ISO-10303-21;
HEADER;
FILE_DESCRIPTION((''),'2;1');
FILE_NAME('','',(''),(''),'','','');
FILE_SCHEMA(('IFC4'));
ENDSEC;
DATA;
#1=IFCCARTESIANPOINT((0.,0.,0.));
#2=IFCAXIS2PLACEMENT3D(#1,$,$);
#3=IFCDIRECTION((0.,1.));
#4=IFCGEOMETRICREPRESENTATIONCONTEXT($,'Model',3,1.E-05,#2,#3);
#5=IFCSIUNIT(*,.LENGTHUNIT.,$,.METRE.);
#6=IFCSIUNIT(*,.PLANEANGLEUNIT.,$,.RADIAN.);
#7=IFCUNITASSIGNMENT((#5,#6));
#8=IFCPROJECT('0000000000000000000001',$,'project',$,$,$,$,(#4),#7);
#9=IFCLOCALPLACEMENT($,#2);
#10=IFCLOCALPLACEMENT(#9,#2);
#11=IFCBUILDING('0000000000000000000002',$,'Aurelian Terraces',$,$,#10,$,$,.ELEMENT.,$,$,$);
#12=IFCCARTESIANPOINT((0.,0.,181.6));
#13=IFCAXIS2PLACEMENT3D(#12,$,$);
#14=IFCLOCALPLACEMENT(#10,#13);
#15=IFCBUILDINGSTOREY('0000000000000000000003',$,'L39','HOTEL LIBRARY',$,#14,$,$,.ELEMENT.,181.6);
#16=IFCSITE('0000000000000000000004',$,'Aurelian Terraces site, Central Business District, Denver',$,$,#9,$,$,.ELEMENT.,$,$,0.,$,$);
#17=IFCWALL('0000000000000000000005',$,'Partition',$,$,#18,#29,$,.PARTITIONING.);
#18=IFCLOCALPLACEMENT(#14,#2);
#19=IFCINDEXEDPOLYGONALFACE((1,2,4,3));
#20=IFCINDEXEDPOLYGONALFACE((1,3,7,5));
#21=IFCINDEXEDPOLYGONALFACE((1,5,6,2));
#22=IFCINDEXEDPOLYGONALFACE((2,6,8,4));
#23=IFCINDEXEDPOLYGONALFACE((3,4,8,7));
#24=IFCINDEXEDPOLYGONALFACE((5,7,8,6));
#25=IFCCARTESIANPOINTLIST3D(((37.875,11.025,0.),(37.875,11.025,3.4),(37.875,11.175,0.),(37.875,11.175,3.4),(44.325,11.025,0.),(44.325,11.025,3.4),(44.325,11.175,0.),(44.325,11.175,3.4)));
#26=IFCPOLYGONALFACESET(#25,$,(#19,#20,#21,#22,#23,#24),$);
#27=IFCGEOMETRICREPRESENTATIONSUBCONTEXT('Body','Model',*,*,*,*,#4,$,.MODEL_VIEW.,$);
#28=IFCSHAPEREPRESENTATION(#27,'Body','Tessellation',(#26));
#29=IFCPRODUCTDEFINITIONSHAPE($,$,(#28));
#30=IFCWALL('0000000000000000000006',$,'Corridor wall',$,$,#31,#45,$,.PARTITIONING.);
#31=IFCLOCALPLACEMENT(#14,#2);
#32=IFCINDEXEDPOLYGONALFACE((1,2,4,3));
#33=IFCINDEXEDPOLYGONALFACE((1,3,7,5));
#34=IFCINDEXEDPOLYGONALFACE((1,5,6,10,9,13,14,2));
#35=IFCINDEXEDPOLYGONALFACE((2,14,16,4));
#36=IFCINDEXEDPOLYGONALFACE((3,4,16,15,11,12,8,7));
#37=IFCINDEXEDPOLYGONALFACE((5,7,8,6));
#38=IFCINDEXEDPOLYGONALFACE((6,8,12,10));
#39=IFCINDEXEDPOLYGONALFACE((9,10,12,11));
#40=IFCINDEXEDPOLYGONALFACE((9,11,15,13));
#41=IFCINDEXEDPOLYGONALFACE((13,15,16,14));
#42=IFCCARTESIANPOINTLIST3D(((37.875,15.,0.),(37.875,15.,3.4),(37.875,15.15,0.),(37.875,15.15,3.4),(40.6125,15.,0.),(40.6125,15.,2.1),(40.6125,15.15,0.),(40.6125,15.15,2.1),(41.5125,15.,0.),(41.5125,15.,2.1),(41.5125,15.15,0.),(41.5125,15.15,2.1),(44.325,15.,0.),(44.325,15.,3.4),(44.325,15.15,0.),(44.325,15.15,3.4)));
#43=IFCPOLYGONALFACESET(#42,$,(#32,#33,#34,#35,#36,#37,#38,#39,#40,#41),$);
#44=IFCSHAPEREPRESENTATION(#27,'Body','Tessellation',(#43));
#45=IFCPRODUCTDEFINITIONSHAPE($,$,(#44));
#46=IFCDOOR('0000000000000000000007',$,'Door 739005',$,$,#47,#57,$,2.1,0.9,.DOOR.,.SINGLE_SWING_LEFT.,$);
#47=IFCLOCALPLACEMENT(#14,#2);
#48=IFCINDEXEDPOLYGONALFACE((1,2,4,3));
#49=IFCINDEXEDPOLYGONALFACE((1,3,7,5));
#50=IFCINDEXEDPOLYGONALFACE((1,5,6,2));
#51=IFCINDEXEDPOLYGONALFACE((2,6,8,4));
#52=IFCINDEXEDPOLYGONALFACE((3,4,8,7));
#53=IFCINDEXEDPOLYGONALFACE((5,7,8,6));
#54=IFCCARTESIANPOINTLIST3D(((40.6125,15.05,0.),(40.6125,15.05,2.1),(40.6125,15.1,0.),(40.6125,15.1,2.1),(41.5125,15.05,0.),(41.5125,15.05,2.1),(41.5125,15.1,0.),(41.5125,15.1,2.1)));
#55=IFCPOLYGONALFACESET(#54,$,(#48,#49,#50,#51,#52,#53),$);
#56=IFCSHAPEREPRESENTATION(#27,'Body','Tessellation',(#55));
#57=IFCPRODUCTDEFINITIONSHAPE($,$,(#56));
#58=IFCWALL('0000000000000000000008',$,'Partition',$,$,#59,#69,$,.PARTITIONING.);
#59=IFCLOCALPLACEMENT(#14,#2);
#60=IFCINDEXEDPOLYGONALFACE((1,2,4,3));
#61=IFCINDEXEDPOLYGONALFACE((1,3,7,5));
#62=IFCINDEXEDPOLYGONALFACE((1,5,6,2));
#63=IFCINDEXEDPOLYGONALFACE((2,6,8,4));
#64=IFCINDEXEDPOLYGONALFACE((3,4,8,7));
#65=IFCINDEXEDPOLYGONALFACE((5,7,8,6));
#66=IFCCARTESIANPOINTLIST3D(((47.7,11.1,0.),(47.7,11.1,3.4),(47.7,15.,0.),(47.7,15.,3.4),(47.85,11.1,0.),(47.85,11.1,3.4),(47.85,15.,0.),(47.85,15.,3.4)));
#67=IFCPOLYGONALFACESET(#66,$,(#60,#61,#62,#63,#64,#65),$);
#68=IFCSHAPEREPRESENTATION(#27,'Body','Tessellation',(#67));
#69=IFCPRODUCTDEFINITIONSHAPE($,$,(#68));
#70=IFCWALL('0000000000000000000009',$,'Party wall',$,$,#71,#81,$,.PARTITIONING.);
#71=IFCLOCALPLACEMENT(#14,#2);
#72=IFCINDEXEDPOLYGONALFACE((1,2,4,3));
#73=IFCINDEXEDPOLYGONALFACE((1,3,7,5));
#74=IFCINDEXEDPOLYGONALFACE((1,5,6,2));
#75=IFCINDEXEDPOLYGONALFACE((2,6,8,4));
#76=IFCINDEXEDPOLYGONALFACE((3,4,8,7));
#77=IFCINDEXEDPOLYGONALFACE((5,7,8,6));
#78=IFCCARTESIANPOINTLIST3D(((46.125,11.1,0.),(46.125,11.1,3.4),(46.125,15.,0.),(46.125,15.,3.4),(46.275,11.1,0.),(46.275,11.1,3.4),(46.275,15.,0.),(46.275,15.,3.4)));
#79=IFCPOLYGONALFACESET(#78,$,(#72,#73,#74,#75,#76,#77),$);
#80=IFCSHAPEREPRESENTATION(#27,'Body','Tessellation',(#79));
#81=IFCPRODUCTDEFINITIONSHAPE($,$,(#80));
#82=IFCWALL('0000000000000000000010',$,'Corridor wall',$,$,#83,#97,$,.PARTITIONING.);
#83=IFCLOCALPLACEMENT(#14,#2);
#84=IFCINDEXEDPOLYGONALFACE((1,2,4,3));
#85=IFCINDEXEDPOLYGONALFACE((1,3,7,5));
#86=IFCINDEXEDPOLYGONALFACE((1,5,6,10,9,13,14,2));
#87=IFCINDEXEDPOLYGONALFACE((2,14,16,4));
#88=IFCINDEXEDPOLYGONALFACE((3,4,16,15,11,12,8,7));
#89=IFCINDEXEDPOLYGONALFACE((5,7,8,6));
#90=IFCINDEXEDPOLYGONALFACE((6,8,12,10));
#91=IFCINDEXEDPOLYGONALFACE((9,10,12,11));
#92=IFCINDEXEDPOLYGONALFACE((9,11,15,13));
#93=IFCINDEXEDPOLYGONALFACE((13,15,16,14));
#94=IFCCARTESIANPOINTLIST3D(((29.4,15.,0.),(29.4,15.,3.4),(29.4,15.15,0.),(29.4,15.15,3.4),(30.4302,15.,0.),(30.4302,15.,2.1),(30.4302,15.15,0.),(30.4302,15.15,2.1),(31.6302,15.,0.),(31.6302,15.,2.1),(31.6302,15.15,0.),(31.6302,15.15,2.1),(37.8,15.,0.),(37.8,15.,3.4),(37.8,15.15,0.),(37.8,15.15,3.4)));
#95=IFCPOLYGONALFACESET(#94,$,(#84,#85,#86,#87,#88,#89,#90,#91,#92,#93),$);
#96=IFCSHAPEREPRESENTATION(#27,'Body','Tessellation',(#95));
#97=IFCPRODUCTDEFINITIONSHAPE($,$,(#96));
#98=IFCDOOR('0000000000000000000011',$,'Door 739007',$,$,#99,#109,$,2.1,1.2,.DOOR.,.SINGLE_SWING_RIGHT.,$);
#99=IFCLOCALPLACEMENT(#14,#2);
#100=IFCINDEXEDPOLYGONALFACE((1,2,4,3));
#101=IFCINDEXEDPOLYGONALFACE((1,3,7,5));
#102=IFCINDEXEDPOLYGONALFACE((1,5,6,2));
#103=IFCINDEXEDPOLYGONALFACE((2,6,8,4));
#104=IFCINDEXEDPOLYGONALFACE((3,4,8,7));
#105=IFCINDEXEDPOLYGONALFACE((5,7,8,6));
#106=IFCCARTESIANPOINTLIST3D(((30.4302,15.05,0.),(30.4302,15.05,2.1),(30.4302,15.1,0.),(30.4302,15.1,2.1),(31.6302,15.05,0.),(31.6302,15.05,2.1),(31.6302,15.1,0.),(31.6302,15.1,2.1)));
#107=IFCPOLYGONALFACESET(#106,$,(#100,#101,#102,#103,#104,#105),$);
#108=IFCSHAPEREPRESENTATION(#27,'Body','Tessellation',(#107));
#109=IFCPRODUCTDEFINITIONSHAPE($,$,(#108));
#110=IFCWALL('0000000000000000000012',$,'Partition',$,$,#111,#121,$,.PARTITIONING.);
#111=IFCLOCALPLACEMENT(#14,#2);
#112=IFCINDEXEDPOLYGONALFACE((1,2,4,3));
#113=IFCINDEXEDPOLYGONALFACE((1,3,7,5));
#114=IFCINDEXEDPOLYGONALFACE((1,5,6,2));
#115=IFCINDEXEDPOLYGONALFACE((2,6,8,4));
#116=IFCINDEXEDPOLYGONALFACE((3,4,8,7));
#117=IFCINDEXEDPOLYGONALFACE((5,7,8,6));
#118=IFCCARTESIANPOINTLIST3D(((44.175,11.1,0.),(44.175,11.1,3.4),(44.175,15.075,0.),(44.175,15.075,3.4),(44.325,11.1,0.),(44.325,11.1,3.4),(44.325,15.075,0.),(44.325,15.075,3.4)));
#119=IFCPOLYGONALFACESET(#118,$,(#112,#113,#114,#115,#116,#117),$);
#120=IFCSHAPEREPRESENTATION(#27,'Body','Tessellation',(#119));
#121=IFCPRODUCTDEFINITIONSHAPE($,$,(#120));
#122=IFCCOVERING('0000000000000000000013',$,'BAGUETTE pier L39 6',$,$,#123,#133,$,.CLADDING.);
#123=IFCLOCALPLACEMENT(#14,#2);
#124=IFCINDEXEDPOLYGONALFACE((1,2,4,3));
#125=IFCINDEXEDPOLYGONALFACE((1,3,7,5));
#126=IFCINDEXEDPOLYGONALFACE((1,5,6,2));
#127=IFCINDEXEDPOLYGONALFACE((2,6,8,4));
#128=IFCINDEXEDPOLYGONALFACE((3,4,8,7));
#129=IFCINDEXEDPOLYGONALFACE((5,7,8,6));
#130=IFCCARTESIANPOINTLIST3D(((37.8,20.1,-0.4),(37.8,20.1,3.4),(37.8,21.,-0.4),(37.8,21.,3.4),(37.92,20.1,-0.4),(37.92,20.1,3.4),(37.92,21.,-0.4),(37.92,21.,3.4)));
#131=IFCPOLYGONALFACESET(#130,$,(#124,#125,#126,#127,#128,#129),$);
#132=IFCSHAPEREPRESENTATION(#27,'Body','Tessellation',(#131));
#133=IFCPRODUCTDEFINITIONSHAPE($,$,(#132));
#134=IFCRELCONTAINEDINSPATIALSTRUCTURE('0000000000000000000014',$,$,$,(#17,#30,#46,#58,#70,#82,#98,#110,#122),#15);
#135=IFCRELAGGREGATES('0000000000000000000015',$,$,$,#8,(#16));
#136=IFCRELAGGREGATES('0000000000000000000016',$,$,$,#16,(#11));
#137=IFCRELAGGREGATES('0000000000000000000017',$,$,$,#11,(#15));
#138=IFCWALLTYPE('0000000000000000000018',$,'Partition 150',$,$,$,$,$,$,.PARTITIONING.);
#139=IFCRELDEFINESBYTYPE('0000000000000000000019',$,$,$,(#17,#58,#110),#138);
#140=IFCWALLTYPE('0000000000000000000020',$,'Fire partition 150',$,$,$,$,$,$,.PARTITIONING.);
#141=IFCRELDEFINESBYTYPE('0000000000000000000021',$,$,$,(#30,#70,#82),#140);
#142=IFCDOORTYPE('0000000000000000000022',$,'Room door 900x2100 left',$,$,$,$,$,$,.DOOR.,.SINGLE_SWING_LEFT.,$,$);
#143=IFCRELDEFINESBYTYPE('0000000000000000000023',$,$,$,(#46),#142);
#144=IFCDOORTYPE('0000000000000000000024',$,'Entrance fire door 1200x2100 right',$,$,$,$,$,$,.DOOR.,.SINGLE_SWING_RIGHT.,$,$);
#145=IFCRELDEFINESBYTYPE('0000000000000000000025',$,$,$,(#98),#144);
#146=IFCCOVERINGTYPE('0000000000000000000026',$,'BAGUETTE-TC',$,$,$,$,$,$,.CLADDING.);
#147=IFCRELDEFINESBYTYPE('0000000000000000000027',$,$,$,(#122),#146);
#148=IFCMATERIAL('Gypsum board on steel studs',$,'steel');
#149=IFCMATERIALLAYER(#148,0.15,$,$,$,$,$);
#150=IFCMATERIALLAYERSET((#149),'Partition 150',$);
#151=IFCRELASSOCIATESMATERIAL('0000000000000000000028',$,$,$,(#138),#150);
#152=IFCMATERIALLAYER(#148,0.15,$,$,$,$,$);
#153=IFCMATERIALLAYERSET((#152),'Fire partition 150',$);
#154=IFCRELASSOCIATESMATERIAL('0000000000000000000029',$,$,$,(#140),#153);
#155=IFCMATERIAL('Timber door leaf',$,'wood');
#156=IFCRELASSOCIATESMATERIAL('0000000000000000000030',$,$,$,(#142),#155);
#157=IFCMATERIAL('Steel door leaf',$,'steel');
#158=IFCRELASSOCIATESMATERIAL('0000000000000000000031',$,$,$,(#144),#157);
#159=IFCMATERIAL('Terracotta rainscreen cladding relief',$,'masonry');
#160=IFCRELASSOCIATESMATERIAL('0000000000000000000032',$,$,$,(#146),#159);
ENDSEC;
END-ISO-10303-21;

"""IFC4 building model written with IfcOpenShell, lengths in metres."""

from ifc_helpers import new_model, si_unit, direction, frame, frame_2d, origin, origin_2d, place, context, subcontext, project, spatial, rectangle, extrude, source, transform, mapped, material, layer, layer_set, type_object, element, fill, save


model = new_model("IFC4")

# Units and contexts
model_context = context("Model", 3, precision=1e-05, world=origin(), true_north=direction((0.0, 1.0)))
body_context = subcontext(model_context, "Body", "Model", "MODEL_VIEW")
ifc_project = project(units=[si_unit("LENGTHUNIT", "METRE"), si_unit("PLANEANGLEUNIT", "RADIAN")], contexts=[model_context])

# Site, building, storey
site_placement = place(None, origin())
site = spatial("IfcSite", under=ifc_project, at=site_placement, Name="Aurelian Terraces site, Central Business District, Denver", CompositionType="ELEMENT", RefElevation=0.0)
building_placement = place(site_placement, origin())
building = spatial("IfcBuilding", under=site, at=building_placement, Name="Aurelian Terraces", CompositionType="ELEMENT")
storey_placement = place(building_placement, frame((0.0, 0.0, 181.6)))
storey = spatial("IfcBuildingStorey", under=building, at=storey_placement, Name="L39", Description="HOTEL LIBRARY", CompositionType="ELEMENT", Elevation=181.6)

# Wall
ifc_material_1 = material(Name="Gypsum board on steel studs", Category="steel")
ifc_layer_1 = layer(ifc_material_1, 0.15)
ifc_layer_set_1 = layer_set([ifc_layer_1], Name="Partition 150")
wall_type_1 = type_object("IfcWallType", Name="Partition 150", PredefinedType="PARTITIONING", material=ifc_layer_set_1)
shared_shape_1 = source(origin(), body_context, "Body", "SweptSolid", [
    extrude(rectangle(XDim=6.45, YDim=0.15, at=frame_2d((3.225, 0.0))), origin(), (0.0, 0.0, 1.0), 3.4),
])
wall_1_placement = place(storey_placement, frame((37.875, 11.1, 0.0), z_axis=(0.0, 0.0, 1.0), x_axis=(1.0, 0.0, 0.0)))
element("IfcWall", 1, at=wall_1_placement, inside=storey, type_object=wall_type_1, Name="Partition", PredefinedType="PARTITIONING", context=body_context, shape_type="MappedRepresentation", body=[
    mapped(shared_shape_1, transform((0.0, 0.0, 0.0), scale=1.0)),
])

# Wall, opening, door
ifc_layer_2 = layer(ifc_material_1, 0.15)
ifc_layer_set_2 = layer_set([ifc_layer_2], Name="Fire partition 150")
wall_type_2 = type_object("IfcWallType", Name="Fire partition 150", PredefinedType="PARTITIONING", material=ifc_layer_set_2)
wall_2_placement = place(storey_placement, frame((44.325, 15.075, 0.0), z_axis=(0.0, 0.0, 1.0), x_axis=(-1.0, 0.0, 0.0)))
wall_2 = element("IfcWall", 2, at=wall_2_placement, inside=storey, type_object=wall_type_2, Name="Corridor wall", PredefinedType="PARTITIONING", context=body_context, shape_type="MappedRepresentation", body=[
    mapped(shared_shape_1, transform((0.0, 0.0, 0.0), scale=1.0)),
])
shared_shape_2 = source(origin(), body_context, "Body", "SweptSolid", [
    extrude(rectangle(XDim=0.9, YDim=2.1, at=frame_2d((0.45, 1.05))), frame((0.0, 0.085, 0.0), z_axis=(0.0, -1.0, 0.0), x_axis=(1.0, 0.0, 0.0)), (0.0, 0.0, 1.0), 0.17),
])
opening_1_placement = place(wall_2_placement, frame((2.8125, 0.0, 0.0)))
opening_1 = element("IfcOpeningElement", 3, at=opening_1_placement, cuts=wall_2, PredefinedType="OPENING", context=body_context, shape_type="MappedRepresentation", body=[
    mapped(shared_shape_2, transform((0.0, 0.0, 0.0), scale=1.0)),
])
ifc_material_2 = material(Name="Timber door leaf", Category="wood")
door_type_1 = type_object("IfcDoorType", Name="Room door 900x2100 left", OperationType="SINGLE_SWING_LEFT", PredefinedType="DOOR", material=ifc_material_2)
shared_shape_3 = source(origin(), body_context, "Body", "SweptSolid", [
    extrude(rectangle(XDim=0.9, YDim=2.1, at=frame_2d((0.45, 1.05))), frame((0.0, 0.025, 0.0), z_axis=(0.0, -1.0, 0.0), x_axis=(1.0, 0.0, 0.0)), (0.0, 0.0, 1.0), 0.05),
])
door_1_placement = place(opening_1_placement, origin())
door_1 = element("IfcDoor", 4, at=door_1_placement, inside=storey, type_object=door_type_1, Name="Door 739005", OperationType="SINGLE_SWING_LEFT", OverallHeight=2.1, OverallWidth=0.9, PredefinedType="DOOR", context=body_context, shape_type="MappedRepresentation", body=[
    mapped(shared_shape_3, transform((0.0, 0.0, 0.0), scale=1.0)),
])
fill(opening_1, door_1)

# Walls
shared_shape_4 = source(origin(), body_context, "Body", "SweptSolid", [
    extrude(rectangle(XDim=3.9, YDim=0.15, at=frame_2d((1.95, 0.0))), origin(), (0.0, 0.0, 1.0), 3.4),
])
wall_3_placement = place(storey_placement, frame((47.775, 11.1, 0.0), z_axis=(0.0, 0.0, 1.0), x_axis=(0.0, 1.0, 0.0)))
element("IfcWall", 5, at=wall_3_placement, inside=storey, type_object=wall_type_1, Name="Partition", PredefinedType="PARTITIONING", context=body_context, shape_type="MappedRepresentation", body=[
    mapped(shared_shape_4, transform((0.0, 0.0, 0.0), scale=1.0)),
])
wall_4_placement = place(storey_placement, frame((46.2, 11.1, 0.0), z_axis=(0.0, 0.0, 1.0), x_axis=(0.0, 1.0, 0.0)))
element("IfcWall", 6, at=wall_4_placement, inside=storey, type_object=wall_type_2, Name="Party wall", PredefinedType="PARTITIONING", context=body_context, shape_type="MappedRepresentation", body=[
    mapped(shared_shape_4, transform((0.0, 0.0, 0.0), scale=1.0)),
])

# Wall, opening, door
shared_shape_5 = source(origin(), body_context, "Body", "SweptSolid", [
    extrude(rectangle(XDim=8.4, YDim=0.15, at=frame_2d((4.2, 0.0))), origin(), (0.0, 0.0, 1.0), 3.4),
])
wall_5_placement = place(storey_placement, frame((37.8, 15.075, 0.0), z_axis=(0.0, 0.0, 1.0), x_axis=(-1.0, 0.0, 0.0)))
wall_5 = element("IfcWall", 7, at=wall_5_placement, inside=storey, type_object=wall_type_2, Name="Corridor wall", PredefinedType="PARTITIONING", context=body_context, shape_type="MappedRepresentation", body=[
    mapped(shared_shape_5, transform((0.0, 0.0, 0.0), scale=1.0)),
])
shared_shape_6 = source(origin(), body_context, "Body", "SweptSolid", [
    extrude(rectangle(XDim=1.2, YDim=2.1, at=frame_2d((0.6, 1.05))), frame((0.0, 0.085, 0.0), z_axis=(0.0, -1.0, 0.0), x_axis=(1.0, 0.0, 0.0)), (0.0, 0.0, 1.0), 0.17),
])
opening_2_placement = place(wall_5_placement, frame((6.1698, 0.0, 0.0)))
opening_2 = element("IfcOpeningElement", 8, at=opening_2_placement, cuts=wall_5, PredefinedType="OPENING", context=body_context, shape_type="MappedRepresentation", body=[
    mapped(shared_shape_6, transform((0.0, 0.0, 0.0), scale=1.0)),
])
ifc_material_3 = material(Name="Steel door leaf", Category="steel")
door_type_2 = type_object("IfcDoorType", Name="Entrance fire door 1200x2100 right", OperationType="SINGLE_SWING_RIGHT", PredefinedType="DOOR", material=ifc_material_3)
shared_shape_7 = source(origin(), body_context, "Body", "SweptSolid", [
    extrude(rectangle(XDim=1.2, YDim=2.1, at=frame_2d((0.6, 1.05))), frame((0.0, 0.025, 0.0), z_axis=(0.0, -1.0, 0.0), x_axis=(1.0, 0.0, 0.0)), (0.0, 0.0, 1.0), 0.05),
])
door_2_placement = place(opening_2_placement, origin())
door_2 = element("IfcDoor", 9, at=door_2_placement, inside=storey, type_object=door_type_2, Name="Door 739007", OperationType="SINGLE_SWING_RIGHT", OverallHeight=2.1, OverallWidth=1.2, PredefinedType="DOOR", context=body_context, shape_type="MappedRepresentation", body=[
    mapped(shared_shape_7, transform((0.0, 0.0, 0.0), scale=1.0)),
])
fill(opening_2, door_2)

# Wall
shared_shape_8 = source(origin(), body_context, "Body", "SweptSolid", [
    extrude(rectangle(XDim=3.975, YDim=0.15, at=frame_2d((1.9875, 0.0))), origin(), (0.0, 0.0, 1.0), 3.4),
])
wall_6_placement = place(storey_placement, frame((44.25, 11.1, 0.0), z_axis=(0.0, 0.0, 1.0), x_axis=(0.0, 1.0, 0.0)))
element("IfcWall", 10, at=wall_6_placement, inside=storey, type_object=wall_type_1, Name="Partition", PredefinedType="PARTITIONING", context=body_context, shape_type="MappedRepresentation", body=[
    mapped(shared_shape_8, transform((0.0, 0.0, 0.0), scale=1.0)),
])

# Covering
ifc_material_4 = material(Name="Terracotta rainscreen cladding relief", Category="masonry")
covering_type = type_object("IfcCoveringType", Name="BAGUETTE-TC", PredefinedType="CLADDING", material=ifc_material_4)
shared_shape_9 = source(origin(), body_context, "Body", "SweptSolid", [
    extrude(rectangle(XDim=0.12, YDim=0.9, at=origin_2d()), origin(), (0.0, 0.0, 1.0), 3.8),
])
covering_placement = place(storey_placement, frame((37.86, 20.55, -0.4), z_axis=(0.0, 0.0, 1.0), x_axis=(1.0, 0.0, 0.0)))
element("IfcCovering", 11, at=covering_placement, inside=storey, type_object=covering_type, Name="BAGUETTE pier L39 6", PredefinedType="CLADDING", context=body_context, shape_type="MappedRepresentation", body=[
    mapped(shared_shape_9, transform((0.0, 0.0, 0.0), scale=1.0)),
])

save(model, "model.ifc")
